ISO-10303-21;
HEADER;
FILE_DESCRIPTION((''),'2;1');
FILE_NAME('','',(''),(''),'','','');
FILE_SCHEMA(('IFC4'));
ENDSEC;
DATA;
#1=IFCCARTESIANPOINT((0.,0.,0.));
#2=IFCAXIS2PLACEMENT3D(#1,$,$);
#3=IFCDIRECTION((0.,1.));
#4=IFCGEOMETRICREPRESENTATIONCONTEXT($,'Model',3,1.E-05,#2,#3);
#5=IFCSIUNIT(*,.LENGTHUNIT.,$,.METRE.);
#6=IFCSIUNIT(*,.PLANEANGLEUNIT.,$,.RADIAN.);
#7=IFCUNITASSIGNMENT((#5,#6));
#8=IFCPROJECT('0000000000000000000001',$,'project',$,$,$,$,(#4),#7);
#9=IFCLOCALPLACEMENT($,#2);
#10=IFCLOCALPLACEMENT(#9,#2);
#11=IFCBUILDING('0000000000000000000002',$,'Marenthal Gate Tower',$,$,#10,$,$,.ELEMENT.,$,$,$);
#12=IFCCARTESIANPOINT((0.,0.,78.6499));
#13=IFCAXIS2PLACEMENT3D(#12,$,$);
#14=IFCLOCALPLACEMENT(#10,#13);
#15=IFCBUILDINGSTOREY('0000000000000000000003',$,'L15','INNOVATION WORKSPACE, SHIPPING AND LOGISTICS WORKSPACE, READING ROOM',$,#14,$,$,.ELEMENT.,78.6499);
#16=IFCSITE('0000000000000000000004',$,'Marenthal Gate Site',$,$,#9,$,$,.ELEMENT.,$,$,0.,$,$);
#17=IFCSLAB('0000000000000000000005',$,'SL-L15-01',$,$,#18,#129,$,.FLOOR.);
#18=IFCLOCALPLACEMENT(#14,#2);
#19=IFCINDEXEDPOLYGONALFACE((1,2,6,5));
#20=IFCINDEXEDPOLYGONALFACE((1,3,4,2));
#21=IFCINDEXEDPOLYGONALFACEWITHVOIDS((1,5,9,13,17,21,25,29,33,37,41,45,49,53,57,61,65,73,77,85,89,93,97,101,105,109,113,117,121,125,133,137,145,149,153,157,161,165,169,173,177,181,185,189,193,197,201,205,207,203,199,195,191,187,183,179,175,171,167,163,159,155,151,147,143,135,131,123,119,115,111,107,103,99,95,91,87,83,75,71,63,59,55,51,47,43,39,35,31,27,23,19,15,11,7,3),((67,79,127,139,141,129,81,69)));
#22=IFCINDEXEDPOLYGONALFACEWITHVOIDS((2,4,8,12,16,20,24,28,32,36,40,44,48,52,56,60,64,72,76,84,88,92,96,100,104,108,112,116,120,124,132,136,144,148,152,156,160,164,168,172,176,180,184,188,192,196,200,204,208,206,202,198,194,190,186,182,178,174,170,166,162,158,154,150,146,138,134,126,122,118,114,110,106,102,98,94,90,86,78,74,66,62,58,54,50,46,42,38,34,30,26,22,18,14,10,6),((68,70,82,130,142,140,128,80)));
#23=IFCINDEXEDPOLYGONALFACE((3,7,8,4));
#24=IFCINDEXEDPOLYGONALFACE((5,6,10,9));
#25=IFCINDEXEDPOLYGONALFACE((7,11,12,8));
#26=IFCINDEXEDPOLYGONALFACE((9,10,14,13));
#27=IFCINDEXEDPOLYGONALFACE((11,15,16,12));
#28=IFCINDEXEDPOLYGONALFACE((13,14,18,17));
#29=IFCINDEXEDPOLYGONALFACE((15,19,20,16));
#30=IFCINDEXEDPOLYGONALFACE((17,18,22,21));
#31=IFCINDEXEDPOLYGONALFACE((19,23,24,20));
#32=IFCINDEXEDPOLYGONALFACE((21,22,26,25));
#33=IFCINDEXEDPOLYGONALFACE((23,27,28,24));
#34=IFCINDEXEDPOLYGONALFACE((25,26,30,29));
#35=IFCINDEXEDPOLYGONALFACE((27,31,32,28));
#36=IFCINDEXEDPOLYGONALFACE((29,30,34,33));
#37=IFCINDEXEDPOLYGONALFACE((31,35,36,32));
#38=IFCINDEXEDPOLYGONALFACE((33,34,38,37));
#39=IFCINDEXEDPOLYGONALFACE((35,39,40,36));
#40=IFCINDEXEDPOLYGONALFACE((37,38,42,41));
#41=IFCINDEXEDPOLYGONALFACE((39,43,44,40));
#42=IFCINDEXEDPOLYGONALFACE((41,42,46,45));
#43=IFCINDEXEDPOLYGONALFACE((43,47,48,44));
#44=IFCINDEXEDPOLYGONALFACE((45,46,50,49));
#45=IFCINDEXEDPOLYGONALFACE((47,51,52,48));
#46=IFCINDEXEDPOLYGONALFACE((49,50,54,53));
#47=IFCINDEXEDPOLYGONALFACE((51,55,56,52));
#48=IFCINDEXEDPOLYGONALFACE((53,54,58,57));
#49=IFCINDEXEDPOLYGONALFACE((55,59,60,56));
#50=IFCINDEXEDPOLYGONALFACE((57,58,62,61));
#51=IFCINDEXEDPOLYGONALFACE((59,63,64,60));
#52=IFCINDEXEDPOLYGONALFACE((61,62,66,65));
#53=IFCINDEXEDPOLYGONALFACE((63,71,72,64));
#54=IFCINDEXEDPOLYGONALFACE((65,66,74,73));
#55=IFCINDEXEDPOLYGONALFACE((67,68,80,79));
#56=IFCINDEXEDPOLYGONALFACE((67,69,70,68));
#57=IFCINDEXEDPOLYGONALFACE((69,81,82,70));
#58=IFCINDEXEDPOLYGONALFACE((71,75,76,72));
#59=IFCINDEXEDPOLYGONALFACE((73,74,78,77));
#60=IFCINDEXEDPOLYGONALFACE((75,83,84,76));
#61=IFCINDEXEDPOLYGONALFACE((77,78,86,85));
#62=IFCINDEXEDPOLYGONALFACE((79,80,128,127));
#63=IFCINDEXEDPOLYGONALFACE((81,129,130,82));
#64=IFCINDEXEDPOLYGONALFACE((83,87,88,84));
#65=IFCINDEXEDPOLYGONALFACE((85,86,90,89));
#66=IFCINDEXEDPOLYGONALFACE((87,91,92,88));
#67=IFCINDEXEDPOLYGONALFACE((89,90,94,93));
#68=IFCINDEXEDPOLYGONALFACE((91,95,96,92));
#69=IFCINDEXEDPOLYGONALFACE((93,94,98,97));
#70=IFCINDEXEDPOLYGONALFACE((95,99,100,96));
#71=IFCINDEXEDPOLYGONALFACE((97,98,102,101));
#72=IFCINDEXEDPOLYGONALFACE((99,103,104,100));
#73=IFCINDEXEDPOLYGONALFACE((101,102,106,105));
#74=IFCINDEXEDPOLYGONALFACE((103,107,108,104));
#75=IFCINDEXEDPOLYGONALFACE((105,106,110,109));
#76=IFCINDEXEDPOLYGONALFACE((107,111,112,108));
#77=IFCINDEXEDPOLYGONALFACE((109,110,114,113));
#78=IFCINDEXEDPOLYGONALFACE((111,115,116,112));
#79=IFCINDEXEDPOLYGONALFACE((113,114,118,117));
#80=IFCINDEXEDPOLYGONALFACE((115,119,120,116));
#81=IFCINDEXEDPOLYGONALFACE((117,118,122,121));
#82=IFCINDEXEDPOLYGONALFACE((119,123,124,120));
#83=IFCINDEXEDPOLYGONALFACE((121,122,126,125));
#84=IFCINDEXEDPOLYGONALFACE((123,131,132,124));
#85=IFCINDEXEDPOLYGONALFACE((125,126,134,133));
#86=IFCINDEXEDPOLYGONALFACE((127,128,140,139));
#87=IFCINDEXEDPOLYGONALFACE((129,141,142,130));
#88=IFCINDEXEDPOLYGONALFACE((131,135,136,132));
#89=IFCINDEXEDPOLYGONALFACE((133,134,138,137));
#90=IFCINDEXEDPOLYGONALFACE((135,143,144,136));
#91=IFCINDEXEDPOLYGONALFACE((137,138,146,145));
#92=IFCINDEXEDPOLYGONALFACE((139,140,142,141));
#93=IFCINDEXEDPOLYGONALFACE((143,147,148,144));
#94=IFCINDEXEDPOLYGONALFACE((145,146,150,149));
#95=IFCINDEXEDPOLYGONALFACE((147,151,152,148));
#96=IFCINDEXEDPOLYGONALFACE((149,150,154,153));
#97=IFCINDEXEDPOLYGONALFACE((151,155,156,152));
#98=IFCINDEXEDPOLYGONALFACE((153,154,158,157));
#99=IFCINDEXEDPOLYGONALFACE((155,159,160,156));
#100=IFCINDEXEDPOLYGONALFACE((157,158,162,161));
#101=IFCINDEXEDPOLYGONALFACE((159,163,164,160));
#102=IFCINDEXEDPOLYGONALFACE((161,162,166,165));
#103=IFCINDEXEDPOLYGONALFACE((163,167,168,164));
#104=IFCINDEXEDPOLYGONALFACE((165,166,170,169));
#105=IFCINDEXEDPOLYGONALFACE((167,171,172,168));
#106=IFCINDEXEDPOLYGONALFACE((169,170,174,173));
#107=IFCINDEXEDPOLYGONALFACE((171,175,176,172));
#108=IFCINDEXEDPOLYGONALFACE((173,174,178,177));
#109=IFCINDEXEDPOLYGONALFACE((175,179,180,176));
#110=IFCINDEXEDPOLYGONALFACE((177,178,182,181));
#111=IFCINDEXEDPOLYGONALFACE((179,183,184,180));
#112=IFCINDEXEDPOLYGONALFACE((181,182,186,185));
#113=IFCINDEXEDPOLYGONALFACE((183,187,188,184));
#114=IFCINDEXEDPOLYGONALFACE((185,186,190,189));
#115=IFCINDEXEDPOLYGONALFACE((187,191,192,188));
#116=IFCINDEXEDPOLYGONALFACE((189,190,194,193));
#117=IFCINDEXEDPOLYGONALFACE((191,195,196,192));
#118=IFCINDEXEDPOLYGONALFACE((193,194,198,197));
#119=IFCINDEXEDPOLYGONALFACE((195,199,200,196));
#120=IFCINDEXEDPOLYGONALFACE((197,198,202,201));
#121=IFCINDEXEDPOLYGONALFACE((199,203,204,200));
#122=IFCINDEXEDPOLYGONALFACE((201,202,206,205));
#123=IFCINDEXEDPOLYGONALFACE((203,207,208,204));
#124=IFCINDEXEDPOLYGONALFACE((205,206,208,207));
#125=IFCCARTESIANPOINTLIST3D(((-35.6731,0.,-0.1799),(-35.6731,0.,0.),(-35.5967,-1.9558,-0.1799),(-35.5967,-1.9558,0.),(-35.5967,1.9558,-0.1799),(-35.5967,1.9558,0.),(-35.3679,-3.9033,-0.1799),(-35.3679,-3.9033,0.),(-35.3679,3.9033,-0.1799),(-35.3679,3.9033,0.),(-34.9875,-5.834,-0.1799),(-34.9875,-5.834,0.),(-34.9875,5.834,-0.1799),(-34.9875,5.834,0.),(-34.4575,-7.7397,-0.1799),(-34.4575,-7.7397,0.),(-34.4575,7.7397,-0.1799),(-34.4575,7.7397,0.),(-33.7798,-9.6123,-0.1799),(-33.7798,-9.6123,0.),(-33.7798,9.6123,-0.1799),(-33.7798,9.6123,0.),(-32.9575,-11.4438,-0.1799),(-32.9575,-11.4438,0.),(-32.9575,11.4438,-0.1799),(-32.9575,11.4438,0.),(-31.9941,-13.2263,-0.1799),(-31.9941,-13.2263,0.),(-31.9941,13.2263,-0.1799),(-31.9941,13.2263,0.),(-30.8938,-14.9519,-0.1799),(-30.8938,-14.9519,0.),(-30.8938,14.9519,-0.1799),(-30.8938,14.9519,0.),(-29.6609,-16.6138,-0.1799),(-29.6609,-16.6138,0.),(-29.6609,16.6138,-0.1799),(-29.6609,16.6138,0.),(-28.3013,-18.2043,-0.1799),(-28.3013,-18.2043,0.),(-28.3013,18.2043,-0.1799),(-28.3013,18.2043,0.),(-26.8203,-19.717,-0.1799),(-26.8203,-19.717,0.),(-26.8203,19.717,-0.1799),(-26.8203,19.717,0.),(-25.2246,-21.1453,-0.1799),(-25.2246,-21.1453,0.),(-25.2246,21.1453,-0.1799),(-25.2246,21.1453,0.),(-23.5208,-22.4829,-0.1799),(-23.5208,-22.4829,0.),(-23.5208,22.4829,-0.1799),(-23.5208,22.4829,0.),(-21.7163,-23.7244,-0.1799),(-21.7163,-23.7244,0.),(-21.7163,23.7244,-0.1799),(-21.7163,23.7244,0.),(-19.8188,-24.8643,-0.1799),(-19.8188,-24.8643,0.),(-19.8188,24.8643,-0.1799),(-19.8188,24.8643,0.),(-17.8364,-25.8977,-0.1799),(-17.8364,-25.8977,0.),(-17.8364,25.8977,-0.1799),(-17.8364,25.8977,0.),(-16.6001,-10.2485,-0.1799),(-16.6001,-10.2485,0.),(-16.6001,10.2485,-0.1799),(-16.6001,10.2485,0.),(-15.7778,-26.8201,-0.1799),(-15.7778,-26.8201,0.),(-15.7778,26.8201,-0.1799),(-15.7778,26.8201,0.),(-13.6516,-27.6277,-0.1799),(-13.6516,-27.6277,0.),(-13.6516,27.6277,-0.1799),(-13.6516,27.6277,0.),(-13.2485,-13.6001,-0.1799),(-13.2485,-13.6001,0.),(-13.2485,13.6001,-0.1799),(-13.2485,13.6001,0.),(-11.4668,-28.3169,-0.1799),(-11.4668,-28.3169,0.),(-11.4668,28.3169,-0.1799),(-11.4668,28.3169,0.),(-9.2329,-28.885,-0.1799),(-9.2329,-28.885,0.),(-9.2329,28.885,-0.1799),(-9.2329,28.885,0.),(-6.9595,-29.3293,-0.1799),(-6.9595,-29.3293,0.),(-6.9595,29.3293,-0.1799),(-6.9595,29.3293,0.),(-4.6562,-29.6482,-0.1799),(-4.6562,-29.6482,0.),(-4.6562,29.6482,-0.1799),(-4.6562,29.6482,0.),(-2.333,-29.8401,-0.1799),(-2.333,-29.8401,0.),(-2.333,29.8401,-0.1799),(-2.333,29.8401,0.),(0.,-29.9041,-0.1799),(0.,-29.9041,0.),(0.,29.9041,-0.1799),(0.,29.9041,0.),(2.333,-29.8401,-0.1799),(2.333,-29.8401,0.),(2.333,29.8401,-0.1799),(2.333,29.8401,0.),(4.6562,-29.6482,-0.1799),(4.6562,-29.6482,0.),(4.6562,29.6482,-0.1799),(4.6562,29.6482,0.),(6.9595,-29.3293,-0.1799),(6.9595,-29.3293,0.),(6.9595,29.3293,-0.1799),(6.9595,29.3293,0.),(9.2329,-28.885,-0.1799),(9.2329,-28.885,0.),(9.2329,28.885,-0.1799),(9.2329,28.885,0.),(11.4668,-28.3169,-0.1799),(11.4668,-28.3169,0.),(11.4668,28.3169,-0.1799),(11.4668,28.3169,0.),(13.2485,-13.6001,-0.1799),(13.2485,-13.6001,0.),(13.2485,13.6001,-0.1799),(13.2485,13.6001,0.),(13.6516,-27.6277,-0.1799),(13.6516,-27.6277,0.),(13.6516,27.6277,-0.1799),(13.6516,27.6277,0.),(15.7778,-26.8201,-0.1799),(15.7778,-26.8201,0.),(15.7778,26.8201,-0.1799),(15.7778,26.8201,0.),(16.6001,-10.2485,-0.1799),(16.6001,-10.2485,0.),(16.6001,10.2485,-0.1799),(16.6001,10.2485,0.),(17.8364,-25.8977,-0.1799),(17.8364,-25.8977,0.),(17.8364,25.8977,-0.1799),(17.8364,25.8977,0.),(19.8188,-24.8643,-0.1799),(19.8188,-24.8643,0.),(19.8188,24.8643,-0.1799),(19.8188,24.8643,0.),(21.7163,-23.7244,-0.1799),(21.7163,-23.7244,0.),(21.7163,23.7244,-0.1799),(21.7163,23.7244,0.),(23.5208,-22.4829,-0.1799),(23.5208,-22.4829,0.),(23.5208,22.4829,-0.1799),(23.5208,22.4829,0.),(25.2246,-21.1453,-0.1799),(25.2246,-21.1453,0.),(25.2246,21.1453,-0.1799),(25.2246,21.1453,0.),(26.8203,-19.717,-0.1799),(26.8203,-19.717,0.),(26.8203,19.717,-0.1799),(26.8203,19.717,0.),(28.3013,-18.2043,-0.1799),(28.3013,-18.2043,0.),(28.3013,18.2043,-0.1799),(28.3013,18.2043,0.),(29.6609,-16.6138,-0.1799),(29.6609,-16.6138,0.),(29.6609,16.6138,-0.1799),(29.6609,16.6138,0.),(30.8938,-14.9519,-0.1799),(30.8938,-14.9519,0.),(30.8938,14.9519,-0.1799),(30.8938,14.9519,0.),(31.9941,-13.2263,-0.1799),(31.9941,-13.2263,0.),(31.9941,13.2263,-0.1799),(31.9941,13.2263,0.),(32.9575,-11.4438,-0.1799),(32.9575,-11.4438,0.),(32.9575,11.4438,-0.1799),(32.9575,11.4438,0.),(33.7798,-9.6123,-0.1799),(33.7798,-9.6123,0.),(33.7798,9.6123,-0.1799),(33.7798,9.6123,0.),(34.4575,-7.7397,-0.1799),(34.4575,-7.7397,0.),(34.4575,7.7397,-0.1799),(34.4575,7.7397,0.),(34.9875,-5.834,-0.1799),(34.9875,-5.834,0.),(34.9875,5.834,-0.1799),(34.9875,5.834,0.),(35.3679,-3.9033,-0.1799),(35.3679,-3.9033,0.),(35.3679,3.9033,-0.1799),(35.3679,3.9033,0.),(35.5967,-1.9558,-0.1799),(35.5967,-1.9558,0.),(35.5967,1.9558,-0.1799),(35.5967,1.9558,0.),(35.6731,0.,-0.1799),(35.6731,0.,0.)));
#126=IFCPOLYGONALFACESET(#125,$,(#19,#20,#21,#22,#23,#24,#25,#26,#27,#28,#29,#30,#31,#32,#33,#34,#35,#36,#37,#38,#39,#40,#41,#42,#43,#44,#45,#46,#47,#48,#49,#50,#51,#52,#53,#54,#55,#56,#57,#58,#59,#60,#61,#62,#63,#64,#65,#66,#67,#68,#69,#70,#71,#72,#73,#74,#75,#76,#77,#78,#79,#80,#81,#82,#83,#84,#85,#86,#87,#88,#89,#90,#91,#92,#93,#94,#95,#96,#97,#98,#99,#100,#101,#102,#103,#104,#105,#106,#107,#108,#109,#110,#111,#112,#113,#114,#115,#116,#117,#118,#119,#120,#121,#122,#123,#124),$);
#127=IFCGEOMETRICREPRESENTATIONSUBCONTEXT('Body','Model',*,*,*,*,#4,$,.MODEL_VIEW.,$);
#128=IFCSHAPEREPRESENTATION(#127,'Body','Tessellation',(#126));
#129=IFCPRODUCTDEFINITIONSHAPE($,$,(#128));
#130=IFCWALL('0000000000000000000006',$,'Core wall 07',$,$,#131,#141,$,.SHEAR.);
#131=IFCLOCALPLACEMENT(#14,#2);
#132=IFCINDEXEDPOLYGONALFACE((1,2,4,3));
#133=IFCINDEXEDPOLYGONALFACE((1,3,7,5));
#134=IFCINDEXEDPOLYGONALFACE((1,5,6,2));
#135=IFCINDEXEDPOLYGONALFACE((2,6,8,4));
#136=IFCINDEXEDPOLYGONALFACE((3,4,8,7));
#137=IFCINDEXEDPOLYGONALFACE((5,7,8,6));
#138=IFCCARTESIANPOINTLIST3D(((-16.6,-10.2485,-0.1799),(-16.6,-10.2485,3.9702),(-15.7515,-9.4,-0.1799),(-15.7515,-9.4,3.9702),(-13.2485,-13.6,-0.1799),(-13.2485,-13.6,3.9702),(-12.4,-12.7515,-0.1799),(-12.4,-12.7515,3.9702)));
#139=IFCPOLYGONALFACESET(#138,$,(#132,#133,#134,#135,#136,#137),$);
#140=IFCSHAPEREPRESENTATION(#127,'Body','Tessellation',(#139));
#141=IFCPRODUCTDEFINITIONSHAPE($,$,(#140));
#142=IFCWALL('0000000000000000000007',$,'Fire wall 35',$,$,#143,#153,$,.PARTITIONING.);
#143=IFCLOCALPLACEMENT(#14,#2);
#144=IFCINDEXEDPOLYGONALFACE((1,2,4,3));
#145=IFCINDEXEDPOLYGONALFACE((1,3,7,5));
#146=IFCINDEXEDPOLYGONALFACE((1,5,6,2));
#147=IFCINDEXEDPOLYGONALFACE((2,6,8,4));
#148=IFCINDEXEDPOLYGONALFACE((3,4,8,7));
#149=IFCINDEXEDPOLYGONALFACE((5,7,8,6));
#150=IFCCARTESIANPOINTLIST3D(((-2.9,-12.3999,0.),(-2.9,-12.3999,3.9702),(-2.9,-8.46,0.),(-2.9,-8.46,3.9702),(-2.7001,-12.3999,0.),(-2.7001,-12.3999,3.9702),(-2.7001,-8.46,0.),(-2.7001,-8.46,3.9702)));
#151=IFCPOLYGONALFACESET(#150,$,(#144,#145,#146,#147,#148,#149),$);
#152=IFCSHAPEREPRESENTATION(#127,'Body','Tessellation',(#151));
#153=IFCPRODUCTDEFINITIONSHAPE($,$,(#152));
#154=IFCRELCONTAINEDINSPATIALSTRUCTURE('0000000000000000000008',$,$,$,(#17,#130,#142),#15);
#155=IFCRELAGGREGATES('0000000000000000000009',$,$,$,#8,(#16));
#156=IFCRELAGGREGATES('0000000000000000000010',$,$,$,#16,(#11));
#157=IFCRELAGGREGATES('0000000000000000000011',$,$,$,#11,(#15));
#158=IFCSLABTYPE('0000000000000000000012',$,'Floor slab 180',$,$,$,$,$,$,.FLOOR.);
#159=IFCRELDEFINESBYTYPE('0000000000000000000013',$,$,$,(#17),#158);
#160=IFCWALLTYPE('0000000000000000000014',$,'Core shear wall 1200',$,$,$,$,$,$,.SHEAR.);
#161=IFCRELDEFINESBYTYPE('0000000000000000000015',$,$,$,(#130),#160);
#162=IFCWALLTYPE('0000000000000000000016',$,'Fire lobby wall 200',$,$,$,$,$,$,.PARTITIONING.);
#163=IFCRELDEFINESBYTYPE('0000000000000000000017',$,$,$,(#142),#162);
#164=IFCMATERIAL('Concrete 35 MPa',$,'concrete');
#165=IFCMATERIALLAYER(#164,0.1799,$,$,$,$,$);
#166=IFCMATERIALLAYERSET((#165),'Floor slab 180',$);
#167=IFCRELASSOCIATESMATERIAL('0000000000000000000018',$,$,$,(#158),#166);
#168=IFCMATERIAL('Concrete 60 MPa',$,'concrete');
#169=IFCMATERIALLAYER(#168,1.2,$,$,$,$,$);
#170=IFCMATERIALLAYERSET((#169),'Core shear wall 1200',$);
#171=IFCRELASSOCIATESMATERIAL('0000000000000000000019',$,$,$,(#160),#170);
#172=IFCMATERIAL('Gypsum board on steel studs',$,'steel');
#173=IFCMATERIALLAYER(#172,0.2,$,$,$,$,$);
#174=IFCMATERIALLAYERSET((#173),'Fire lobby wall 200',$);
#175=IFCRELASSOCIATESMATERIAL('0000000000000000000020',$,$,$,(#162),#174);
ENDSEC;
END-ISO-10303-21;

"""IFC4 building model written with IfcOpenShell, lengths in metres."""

from ifc_helpers import new_model, si_unit, direction, frame, frame_2d, origin, place, context, subcontext, project, spatial, polyline, rectangle, outline, extrude, material, layer, layer_set, type_object, element, save


model = new_model("IFC4")

# Units and contexts
model_context = context("Model", 3, precision=1e-05, world=origin(), true_north=direction((0.0, 1.0)))
body_context = subcontext(model_context, "Body", "Model", "MODEL_VIEW")
ifc_project = project(units=[si_unit("LENGTHUNIT", "METRE"), si_unit("PLANEANGLEUNIT", "RADIAN")], contexts=[model_context])

# Site, building, storey
site_placement = place(None, origin())
site = spatial("IfcSite", under=ifc_project, at=site_placement, Name="Marenthal Gate Site", CompositionType="ELEMENT", RefElevation=0.0)
building_placement = place(site_placement, origin())
building = spatial("IfcBuilding", under=site, at=building_placement, Name="Marenthal Gate Tower", CompositionType="ELEMENT")
storey_placement = place(building_placement, frame((0.0, 0.0, 78.6499)))
storey = spatial("IfcBuildingStorey", under=building, at=storey_placement, Name="L15", Description="INNOVATION WORKSPACE, SHIPPING AND LOGISTICS WORKSPACE, READING ROOM", CompositionType="ELEMENT", Elevation=78.6499)

# Slab
ifc_material_1 = material(Name="Concrete 35 MPa", Category="concrete")
ifc_layer_1 = layer(ifc_material_1, 0.1799)
ifc_layer_set_1 = layer_set([ifc_layer_1], Name="Floor slab 180")
slab_type = type_object("IfcSlabType", Name="Floor slab 180", PredefinedType="FLOOR", material=ifc_layer_set_1)
slab_placement = place(storey_placement, frame((0.0, 0.0, -0.1799)))
element("IfcSlab", 1, at=slab_placement, inside=storey, type_object=slab_type, Name="SL-L15-01", PredefinedType="FLOOR", context=body_context, shape_type="SweptSolid", body=[
    extrude(outline(polyline([(35.6731, 0.0), (35.5967, 1.9558), (35.3679, 3.9033), (34.9875, 5.834), (34.4575, 7.7397), (33.7798, 9.6123), (32.9575, 11.4438), (31.9941, 13.2263), (30.8938, 14.9519), (29.6609, 16.6138), (28.3013, 18.2043), (26.8203, 19.717), (25.2246, 21.1453), (23.5208, 22.4829), (21.7163, 23.7244), (19.8188, 24.8643), (17.8364, 25.8977), (15.7778, 26.8201), (13.6516, 27.6277), (11.4668, 28.3169), (9.2329, 28.885), (6.9595, 29.3293), (4.6562, 29.6482), (2.333, 29.8401), (0.0, 29.9041), (-2.333, 29.8401), (-4.6562, 29.6482), (-6.9595, 29.3293), (-9.2329, 28.885), (-11.4668, 28.3169), (-13.6516, 27.6277), (-15.7778, 26.8201), (-17.8364, 25.8977), (-19.8188, 24.8643), (-21.7163, 23.7244), (-23.5208, 22.4829), (-25.2246, 21.1453), (-26.8203, 19.717), (-28.3013, 18.2043), (-29.6609, 16.6138), (-30.8938, 14.9519), (-31.9941, 13.2263), (-32.9575, 11.4438), (-33.7798, 9.6123), (-34.4575, 7.7397), (-34.9875, 5.834), (-35.3679, 3.9033), (-35.5967, 1.9558), (-35.6731, 0.0), (-35.5967, -1.9558), (-35.3679, -3.9033), (-34.9875, -5.834), (-34.4575, -7.7397), (-33.7798, -9.6123), (-32.9575, -11.4438), (-31.9941, -13.2263), (-30.8938, -14.9519), (-29.6609, -16.6138), (-28.3013, -18.2043), (-26.8203, -19.717), (-25.2246, -21.1453), (-23.5208, -22.4829), (-21.7163, -23.7244), (-19.8188, -24.8643), (-17.8364, -25.8977), (-15.7778, -26.8201), (-13.6516, -27.6277), (-11.4668, -28.3169), (-9.2329, -28.885), (-6.9595, -29.3293), (-4.6562, -29.6482), (-2.333, -29.8401), (0.0, -29.9041), (2.333, -29.8401), (4.6562, -29.6482), (6.9595, -29.3293), (9.2329, -28.885), (11.4668, -28.3169), (13.6516, -27.6277), (15.7778, -26.8201), (17.8364, -25.8977), (19.8188, -24.8643), (21.7163, -23.7244), (23.5208, -22.4829), (25.2246, -21.1453), (26.8203, -19.717), (28.3013, -18.2043), (29.6609, -16.6138), (30.8938, -14.9519), (31.9941, -13.2263), (32.9575, -11.4438), (33.7798, -9.6123), (34.4575, -7.7397), (34.9875, -5.834), (35.3679, -3.9033), (35.5967, -1.9558), (35.6731, 0.0)]), holes=[polyline([(13.2485, -13.6001), (16.6001, -10.2485), (16.6001, 10.2485), (13.2485, 13.6001), (-13.2485, 13.6001), (-16.6001, 10.2485), (-16.6001, -10.2485), (-13.2485, -13.6001), (13.2485, -13.6001)])]), origin(), (0.0, 0.0, 1.0), 0.1799),
])

# Walls
ifc_material_2 = material(Name="Concrete 60 MPa", Category="concrete")
ifc_layer_2 = layer(ifc_material_2, 1.2)
ifc_layer_set_2 = layer_set([ifc_layer_2], Name="Core shear wall 1200")
wall_type_1 = type_object("IfcWallType", Name="Core shear wall 1200", PredefinedType="SHEAR", material=ifc_layer_set_2)
wall_1_placement = place(storey_placement, frame((-16.1758, -9.8242, -0.1799), z_axis=(0.0, 0.0, 1.0), x_axis=(0.707107, -0.707107, 0.0)))
element("IfcWall", 2, at=wall_1_placement, inside=storey, type_object=wall_type_1, Name="Core wall 07", PredefinedType="SHEAR", context=body_context, shape_type="SweptSolid", body=[
    extrude(rectangle(XDim=4.7397, YDim=1.2, at=frame_2d((2.3699, 0.0))), origin(), (0.0, 0.0, 1.0), 4.1501),
])
ifc_material_3 = material(Name="Gypsum board on steel studs", Category="steel")
ifc_layer_3 = layer(ifc_material_3, 0.2)
ifc_layer_set_3 = layer_set([ifc_layer_3], Name="Fire lobby wall 200")
wall_type_2 = type_object("IfcWallType", Name="Fire lobby wall 200", PredefinedType="PARTITIONING", material=ifc_layer_set_3)
wall_2_placement = place(storey_placement, frame((-2.8, -12.3999, 0.0), z_axis=(0.0, 0.0, 1.0), x_axis=(0.0, 1.0, 0.0)))
element("IfcWall", 3, at=wall_2_placement, inside=storey, type_object=wall_type_2, Name="Fire wall 35", PredefinedType="PARTITIONING", context=body_context, shape_type="SweptSolid", body=[
    extrude(rectangle(XDim=3.9399, YDim=0.2, at=frame_2d((1.97, 0.0))), origin(), (0.0, 0.0, 1.0), 3.9702),
])

save(model, "model.ifc")
